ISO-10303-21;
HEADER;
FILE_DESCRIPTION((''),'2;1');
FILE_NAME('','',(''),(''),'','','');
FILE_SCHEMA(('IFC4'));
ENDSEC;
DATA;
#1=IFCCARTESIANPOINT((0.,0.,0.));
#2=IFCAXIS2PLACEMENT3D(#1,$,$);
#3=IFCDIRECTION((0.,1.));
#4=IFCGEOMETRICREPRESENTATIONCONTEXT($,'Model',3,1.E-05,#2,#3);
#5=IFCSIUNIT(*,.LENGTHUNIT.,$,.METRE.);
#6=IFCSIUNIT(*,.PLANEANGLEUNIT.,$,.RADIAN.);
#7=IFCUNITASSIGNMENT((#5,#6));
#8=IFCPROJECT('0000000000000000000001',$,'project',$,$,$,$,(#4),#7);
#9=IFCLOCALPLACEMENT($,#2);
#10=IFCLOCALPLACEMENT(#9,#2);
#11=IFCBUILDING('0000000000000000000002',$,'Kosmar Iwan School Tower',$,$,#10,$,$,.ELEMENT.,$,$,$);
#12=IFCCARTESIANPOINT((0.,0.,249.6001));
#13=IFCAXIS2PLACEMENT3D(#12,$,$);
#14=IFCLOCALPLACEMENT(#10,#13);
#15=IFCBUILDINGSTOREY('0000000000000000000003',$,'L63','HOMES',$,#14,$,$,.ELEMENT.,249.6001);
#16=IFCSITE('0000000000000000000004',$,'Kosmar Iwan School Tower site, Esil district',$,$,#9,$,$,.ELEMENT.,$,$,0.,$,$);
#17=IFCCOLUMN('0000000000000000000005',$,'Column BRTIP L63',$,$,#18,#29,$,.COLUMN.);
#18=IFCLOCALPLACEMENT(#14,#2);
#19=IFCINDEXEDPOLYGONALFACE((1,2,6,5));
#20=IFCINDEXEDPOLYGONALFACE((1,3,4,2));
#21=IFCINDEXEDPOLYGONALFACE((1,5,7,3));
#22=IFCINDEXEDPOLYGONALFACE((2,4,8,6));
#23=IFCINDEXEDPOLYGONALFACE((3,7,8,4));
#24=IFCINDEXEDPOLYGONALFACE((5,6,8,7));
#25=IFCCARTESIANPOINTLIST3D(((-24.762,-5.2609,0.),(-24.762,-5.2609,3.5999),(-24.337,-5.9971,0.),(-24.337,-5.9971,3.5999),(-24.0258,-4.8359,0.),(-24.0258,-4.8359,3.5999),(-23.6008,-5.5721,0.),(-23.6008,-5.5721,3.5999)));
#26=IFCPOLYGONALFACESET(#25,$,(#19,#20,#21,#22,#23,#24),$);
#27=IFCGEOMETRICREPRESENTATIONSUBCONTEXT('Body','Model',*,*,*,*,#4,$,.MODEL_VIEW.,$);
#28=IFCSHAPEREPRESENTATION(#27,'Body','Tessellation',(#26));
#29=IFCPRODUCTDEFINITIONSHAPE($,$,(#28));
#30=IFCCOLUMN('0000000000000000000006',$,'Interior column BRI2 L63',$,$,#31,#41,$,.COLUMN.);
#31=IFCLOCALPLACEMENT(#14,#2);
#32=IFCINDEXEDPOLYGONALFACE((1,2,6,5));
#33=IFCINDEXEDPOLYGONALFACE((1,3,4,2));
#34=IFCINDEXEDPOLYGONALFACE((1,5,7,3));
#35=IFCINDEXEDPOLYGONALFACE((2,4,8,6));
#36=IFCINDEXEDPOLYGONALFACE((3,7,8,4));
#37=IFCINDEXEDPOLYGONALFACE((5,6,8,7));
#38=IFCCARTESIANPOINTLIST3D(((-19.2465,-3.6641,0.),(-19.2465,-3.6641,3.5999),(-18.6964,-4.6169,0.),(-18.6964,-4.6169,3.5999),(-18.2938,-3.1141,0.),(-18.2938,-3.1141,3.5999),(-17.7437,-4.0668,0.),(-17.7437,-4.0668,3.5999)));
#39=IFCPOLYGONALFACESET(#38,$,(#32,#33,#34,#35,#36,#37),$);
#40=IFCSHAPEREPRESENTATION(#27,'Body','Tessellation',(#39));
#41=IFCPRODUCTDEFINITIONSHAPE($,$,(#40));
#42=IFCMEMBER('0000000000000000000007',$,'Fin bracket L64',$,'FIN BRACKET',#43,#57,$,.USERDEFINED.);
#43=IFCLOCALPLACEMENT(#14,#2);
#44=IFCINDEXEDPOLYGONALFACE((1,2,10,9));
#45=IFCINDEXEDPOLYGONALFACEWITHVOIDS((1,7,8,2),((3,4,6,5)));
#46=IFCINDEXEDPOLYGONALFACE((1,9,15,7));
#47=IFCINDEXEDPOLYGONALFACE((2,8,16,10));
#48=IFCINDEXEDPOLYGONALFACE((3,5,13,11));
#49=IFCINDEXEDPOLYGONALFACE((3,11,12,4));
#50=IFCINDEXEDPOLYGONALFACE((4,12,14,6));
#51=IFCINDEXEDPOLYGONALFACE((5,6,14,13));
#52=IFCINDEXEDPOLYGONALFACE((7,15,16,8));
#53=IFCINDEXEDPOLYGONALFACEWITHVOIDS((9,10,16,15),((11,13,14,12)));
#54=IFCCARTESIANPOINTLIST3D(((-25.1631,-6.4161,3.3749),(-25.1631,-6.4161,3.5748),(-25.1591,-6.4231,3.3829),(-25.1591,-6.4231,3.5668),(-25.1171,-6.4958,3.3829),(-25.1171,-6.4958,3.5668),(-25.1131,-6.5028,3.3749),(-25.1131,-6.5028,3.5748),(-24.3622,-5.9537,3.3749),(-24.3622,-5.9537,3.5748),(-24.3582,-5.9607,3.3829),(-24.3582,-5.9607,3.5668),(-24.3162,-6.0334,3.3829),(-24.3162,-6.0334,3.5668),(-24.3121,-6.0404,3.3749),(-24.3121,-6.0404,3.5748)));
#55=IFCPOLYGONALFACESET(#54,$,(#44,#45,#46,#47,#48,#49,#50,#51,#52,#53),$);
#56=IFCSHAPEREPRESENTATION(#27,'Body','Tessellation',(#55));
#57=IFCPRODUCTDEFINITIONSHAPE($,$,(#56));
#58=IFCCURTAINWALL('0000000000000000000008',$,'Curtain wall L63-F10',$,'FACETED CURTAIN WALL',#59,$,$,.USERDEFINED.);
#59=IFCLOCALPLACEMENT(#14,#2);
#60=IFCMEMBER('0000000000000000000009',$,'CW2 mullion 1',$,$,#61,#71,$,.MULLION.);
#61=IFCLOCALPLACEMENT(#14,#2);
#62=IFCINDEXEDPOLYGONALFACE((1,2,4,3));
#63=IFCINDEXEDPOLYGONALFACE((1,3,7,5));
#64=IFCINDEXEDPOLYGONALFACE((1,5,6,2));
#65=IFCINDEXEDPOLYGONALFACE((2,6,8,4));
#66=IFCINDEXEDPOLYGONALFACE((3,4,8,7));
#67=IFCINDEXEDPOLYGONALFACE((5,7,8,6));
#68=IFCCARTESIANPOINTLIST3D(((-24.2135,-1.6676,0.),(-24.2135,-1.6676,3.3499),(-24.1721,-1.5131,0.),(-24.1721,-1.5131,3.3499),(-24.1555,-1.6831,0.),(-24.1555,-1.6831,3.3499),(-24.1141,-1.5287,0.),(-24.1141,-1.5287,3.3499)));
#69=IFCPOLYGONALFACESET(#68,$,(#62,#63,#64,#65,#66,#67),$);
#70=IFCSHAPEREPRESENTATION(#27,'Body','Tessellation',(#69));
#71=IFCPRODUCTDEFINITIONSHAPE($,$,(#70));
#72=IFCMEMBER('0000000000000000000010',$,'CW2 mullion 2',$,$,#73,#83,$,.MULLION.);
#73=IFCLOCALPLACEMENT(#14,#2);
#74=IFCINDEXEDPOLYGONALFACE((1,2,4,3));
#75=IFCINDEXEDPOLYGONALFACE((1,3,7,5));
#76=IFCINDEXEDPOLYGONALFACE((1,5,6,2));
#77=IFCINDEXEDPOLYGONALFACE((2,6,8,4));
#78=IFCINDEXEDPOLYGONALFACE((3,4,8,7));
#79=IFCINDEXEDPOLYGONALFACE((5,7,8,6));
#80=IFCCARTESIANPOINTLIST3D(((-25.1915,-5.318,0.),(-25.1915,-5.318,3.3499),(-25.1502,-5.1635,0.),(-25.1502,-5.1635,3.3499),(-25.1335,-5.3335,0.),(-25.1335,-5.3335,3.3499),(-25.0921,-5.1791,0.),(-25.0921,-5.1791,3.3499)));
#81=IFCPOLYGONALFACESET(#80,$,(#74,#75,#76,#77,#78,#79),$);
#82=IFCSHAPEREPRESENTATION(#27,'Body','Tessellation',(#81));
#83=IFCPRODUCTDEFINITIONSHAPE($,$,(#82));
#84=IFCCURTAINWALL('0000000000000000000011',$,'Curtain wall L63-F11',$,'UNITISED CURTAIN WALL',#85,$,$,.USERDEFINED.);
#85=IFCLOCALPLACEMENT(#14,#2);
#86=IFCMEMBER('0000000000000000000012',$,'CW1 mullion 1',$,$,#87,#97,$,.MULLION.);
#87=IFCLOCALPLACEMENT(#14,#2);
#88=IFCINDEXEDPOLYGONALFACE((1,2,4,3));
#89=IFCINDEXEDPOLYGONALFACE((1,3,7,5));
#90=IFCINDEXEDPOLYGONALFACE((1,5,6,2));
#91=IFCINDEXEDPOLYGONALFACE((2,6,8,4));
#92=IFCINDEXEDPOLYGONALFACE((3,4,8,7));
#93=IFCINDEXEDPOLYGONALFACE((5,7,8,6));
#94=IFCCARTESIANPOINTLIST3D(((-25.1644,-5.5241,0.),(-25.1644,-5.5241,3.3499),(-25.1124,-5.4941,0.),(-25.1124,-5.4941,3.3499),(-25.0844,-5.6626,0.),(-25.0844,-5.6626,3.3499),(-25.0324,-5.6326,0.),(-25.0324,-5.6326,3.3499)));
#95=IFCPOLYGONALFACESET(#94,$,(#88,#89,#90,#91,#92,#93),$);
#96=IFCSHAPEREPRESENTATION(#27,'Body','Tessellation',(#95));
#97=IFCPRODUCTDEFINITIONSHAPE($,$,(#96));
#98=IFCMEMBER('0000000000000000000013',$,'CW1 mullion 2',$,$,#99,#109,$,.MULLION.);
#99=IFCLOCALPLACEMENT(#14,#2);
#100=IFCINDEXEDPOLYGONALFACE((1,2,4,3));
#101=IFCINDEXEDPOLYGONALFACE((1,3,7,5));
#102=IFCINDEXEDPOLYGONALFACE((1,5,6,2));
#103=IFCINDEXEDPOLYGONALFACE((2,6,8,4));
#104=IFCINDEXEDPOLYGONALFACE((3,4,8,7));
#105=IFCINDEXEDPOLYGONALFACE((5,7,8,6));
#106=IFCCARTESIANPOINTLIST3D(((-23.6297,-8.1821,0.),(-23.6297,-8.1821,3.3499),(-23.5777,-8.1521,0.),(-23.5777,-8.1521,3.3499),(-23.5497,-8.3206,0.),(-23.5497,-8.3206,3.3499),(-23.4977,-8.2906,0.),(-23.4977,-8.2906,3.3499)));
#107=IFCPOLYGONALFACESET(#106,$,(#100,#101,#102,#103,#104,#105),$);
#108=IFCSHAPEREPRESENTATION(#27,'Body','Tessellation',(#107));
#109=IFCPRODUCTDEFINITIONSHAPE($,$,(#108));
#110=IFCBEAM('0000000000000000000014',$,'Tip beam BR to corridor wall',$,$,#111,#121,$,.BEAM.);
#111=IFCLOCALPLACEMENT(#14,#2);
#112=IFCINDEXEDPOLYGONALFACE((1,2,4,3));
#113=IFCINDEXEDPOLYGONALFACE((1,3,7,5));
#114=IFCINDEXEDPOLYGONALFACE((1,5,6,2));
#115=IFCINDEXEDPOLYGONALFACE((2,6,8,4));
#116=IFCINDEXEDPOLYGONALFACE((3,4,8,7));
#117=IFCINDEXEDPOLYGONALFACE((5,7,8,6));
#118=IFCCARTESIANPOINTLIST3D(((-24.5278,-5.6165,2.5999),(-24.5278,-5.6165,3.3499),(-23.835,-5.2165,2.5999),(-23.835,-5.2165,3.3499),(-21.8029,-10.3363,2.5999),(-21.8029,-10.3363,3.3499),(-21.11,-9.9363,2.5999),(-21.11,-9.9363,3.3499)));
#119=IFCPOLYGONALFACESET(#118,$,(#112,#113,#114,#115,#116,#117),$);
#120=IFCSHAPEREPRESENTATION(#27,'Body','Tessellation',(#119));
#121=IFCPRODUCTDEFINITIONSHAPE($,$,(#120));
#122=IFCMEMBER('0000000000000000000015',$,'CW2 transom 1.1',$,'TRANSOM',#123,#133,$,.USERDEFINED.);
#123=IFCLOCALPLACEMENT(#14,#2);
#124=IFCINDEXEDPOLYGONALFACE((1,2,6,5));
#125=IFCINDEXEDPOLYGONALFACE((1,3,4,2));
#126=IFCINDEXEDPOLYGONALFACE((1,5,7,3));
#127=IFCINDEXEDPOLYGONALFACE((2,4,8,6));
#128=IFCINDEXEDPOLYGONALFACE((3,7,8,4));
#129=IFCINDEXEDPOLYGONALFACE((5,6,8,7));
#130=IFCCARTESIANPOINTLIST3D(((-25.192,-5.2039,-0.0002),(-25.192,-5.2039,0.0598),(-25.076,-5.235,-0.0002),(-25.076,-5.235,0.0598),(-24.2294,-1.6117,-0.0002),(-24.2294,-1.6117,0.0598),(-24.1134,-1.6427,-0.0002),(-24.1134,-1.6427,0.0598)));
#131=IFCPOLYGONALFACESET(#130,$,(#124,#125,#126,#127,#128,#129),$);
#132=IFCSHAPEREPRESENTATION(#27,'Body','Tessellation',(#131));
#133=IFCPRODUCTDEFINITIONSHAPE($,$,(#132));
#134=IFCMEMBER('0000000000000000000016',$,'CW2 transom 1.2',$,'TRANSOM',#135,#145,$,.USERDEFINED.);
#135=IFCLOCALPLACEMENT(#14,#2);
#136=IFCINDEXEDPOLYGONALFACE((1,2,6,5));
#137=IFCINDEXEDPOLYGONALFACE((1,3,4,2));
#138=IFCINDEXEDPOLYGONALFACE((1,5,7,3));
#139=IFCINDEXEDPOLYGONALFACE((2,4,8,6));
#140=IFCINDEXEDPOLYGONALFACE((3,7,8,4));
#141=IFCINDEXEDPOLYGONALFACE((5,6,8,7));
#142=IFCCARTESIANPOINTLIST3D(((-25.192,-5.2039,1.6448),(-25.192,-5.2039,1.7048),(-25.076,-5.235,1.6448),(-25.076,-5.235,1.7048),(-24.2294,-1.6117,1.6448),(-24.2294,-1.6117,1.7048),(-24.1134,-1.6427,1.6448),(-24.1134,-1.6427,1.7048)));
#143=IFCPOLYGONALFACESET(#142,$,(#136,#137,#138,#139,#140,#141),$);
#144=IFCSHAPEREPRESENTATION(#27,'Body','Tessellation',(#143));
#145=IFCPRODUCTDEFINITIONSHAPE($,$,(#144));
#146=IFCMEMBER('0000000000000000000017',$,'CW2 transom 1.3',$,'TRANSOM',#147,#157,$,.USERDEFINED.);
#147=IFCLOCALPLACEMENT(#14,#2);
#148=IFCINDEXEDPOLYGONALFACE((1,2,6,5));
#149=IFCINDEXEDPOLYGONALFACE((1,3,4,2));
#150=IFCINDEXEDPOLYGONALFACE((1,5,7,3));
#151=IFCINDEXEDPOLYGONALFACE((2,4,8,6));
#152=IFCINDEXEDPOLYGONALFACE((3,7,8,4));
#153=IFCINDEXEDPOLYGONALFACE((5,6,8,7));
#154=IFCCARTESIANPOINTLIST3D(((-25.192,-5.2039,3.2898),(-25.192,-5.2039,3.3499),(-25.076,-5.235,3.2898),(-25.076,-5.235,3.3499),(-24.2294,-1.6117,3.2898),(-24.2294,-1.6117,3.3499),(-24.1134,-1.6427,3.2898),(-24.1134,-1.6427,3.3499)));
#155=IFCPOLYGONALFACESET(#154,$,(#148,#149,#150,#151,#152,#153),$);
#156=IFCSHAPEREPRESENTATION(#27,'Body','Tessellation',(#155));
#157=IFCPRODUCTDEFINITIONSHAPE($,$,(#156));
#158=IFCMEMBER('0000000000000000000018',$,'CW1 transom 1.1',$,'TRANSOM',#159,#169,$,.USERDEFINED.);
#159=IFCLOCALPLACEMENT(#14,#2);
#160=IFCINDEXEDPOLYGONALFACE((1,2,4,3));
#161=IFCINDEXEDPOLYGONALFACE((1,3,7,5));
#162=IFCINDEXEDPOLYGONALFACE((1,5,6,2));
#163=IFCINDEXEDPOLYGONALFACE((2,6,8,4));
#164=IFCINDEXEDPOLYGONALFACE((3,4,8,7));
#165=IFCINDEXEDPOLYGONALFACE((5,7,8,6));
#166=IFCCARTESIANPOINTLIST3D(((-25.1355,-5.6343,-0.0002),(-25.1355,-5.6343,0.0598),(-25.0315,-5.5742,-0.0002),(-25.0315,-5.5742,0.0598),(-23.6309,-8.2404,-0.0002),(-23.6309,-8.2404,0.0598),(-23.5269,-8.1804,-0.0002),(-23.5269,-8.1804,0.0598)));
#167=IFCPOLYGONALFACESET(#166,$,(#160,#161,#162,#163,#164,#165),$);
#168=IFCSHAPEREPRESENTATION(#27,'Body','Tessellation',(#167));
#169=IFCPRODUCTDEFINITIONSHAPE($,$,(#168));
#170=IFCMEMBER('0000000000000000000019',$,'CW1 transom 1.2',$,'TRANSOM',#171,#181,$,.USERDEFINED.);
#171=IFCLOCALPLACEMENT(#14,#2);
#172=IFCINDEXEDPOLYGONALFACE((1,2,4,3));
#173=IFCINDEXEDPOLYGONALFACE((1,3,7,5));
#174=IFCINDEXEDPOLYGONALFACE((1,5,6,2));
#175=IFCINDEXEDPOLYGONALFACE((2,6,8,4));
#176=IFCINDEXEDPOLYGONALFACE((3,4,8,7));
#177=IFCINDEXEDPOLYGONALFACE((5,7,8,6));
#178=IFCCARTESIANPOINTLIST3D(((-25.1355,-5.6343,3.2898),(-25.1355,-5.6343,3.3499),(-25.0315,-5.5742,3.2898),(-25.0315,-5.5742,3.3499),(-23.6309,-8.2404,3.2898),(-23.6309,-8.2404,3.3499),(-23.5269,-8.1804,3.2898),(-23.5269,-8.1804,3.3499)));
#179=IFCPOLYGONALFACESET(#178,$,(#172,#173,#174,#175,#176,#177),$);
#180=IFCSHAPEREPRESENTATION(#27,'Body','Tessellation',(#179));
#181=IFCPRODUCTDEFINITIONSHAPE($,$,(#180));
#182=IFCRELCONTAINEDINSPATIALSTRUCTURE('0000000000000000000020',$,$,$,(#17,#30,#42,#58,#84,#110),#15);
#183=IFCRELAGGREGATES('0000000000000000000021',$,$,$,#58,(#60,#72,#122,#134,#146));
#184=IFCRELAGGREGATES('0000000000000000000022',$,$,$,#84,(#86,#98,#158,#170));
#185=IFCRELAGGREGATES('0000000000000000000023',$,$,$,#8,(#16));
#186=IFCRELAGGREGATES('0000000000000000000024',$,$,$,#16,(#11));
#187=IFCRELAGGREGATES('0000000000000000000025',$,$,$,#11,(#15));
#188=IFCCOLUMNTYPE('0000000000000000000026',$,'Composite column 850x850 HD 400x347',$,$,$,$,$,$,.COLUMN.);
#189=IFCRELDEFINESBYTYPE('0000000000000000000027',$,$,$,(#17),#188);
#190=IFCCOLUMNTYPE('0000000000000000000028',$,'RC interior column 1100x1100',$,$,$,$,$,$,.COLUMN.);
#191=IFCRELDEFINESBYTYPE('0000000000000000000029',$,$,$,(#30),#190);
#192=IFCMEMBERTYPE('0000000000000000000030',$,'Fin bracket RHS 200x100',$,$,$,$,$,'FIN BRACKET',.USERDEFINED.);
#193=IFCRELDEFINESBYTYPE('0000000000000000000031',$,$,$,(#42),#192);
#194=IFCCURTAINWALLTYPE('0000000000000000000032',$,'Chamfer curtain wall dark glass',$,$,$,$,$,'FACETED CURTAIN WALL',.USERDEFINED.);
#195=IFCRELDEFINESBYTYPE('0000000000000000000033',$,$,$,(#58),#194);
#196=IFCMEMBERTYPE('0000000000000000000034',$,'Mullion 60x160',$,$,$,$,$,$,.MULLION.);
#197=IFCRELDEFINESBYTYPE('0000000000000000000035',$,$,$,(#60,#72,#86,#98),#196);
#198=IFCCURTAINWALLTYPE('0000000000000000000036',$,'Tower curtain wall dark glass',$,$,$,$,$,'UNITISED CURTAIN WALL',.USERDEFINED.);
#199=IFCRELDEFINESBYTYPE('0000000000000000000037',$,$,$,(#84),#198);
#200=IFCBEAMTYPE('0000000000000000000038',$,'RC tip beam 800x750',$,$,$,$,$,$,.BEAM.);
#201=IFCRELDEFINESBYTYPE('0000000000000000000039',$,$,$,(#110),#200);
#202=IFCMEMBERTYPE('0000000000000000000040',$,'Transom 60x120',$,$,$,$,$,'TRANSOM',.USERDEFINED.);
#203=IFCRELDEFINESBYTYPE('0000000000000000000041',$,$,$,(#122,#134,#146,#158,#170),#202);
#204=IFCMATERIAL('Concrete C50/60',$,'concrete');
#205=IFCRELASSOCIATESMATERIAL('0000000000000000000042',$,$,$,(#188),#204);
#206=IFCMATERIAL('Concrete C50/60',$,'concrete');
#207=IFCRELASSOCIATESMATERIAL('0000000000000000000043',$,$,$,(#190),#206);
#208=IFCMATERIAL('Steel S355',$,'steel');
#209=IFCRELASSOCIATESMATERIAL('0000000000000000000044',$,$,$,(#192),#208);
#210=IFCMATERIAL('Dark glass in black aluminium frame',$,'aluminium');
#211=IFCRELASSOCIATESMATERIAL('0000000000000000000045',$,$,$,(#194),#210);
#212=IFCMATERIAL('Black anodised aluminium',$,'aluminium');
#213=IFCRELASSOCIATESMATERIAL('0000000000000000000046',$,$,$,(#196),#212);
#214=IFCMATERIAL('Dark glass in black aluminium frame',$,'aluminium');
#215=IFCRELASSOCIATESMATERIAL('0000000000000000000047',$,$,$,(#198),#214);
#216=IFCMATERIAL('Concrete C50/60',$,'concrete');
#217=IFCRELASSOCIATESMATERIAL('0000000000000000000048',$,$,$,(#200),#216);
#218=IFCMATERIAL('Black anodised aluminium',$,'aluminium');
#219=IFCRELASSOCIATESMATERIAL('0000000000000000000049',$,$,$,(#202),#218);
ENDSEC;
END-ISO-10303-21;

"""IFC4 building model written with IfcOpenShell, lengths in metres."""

from ifc_helpers import new_model, si_unit, direction, frame, origin, origin_2d, place, context, subcontext, project, spatial, rectangle, hollow_rectangle, extrude, material, material_profile, profile_set, type_object, element, aggregate, save


model = new_model("IFC4")

# Units and contexts
model_context = context("Model", 3, precision=1e-05, world=origin(), true_north=direction((0.0, 1.0)))
body_context = subcontext(model_context, "Body", "Model", "MODEL_VIEW")
ifc_project = project(units=[si_unit("LENGTHUNIT", "METRE"), si_unit("PLANEANGLEUNIT", "RADIAN")], contexts=[model_context])

# Site, building, storey
site_placement = place(None, origin())
site = spatial("IfcSite", under=ifc_project, at=site_placement, Name="Kosmar Iwan School Tower site, Esil district", CompositionType="ELEMENT", RefElevation=0.0)
building_placement = place(site_placement, origin())
building = spatial("IfcBuilding", under=site, at=building_placement, Name="Kosmar Iwan School Tower", CompositionType="ELEMENT")
storey_placement = place(building_placement, frame((0.0, 0.0, 249.6001)))
storey = spatial("IfcBuildingStorey", under=building, at=storey_placement, Name="L63", Description="HOMES", CompositionType="ELEMENT", Elevation=249.6001)

# Columns
ifc_material_1 = material(Name="Concrete C50/60", Category="concrete")
ifc_material_profile_1 = material_profile(ifc_material_1, rectangle(XDim=0.8501, YDim=0.8501, at=origin_2d()), Name="RC 850x850 + HD 400x347")
ifc_profile_set_1 = profile_set([ifc_material_profile_1], Name="Concrete C50/60")
column_type_1 = type_object("IfcColumnType", Name="Composite column 850x850 HD 400x347", PredefinedType="COLUMN", material=ifc_profile_set_1)
column_1_placement = place(storey_placement, frame((-24.1814, -5.4165, 0.0), z_axis=(0.0, 0.0, 1.0), x_axis=(-0.866025, -0.5, 0.0)))
element("IfcColumn", 1, at=column_1_placement, inside=storey, type_object=column_type_1, Name="Column BRTIP L63", PredefinedType="COLUMN", context=body_context, shape_type="SweptSolid", body=[
    extrude(rectangle(XDim=0.8501, YDim=0.8501, at=origin_2d()), origin(), (0.0, 0.0, 1.0), 3.5999),
])
ifc_material_2 = material(Name="Concrete C50/60", Category="concrete")
ifc_material_profile_2 = material_profile(ifc_material_2, rectangle(XDim=1.1001, YDim=1.1001, at=origin_2d()), Name="RC 1100x1100")
ifc_profile_set_2 = profile_set([ifc_material_profile_2], Name="Concrete C50/60")
column_type_2 = type_object("IfcColumnType", Name="RC interior column 1100x1100", PredefinedType="COLUMN", material=ifc_profile_set_2)
column_2_placement = place(storey_placement, frame((-18.4951, -3.8655, 0.0), z_axis=(0.0, 0.0, 1.0), x_axis=(-0.866025, -0.5, 0.0)))
element("IfcColumn", 2, at=column_2_placement, inside=storey, type_object=column_type_2, Name="Interior column BRI2 L63", PredefinedType="COLUMN", context=body_context, shape_type="SweptSolid", body=[
    extrude(rectangle(XDim=1.1001, YDim=1.1001, at=origin_2d()), origin(), (0.0, 0.0, 1.0), 3.5999),
])

# Member
ifc_material_3 = material(Name="Steel S355", Category="steel")
ifc_material_profile_3 = material_profile(ifc_material_3, hollow_rectangle(XDim=0.1001, YDim=0.2, WallThickness=0.0081, at=origin_2d()), Name="RHS 200x100x8")
ifc_profile_set_3 = profile_set([ifc_material_profile_3], Name="Steel S355")
member_type_1 = type_object("IfcMemberType", Name="Fin bracket RHS 200x100", ElementType="FIN BRACKET", PredefinedType="USERDEFINED", material=ifc_profile_set_3)
member_1_placement = place(storey_placement, frame((-24.3372, -5.9971, 3.4749), z_axis=(-0.866058, -0.499943, 0.0), x_axis=(0.499943, -0.866058, 0.0)))
element("IfcMember", 3, at=member_1_placement, inside=storey, type_object=member_type_1, Name="Fin bracket L64", ObjectType="FIN BRACKET", PredefinedType="USERDEFINED", context=body_context, shape_type="SweptSolid", body=[
    extrude(hollow_rectangle(XDim=0.1001, YDim=0.2, WallThickness=0.0081, at=origin_2d()), origin(), (0.0, 0.0, 1.0), 0.9248),
])

# Curtain walls, members
ifc_material_4 = material(Name="Dark glass in black aluminium frame", Category="aluminium")
curtain_wall_type_1 = type_object("IfcCurtainWallType", Name="Chamfer curtain wall dark glass", ElementType="FACETED CURTAIN WALL", PredefinedType="USERDEFINED", material=ifc_material_4)
curtain_wall_1_placement = place(storey_placement, origin())
curtain_wall_1 = element("IfcCurtainWall", 4, at=curtain_wall_1_placement, inside=storey, type_object=curtain_wall_type_1, Name="Curtain wall L63-F10", ObjectType="FACETED CURTAIN WALL", PredefinedType="USERDEFINED")
ifc_material_5 = material(Name="Black anodised aluminium", Category="aluminium")
ifc_material_profile_4 = material_profile(ifc_material_5, rectangle(XDim=0.0601, YDim=0.1599, at=origin_2d()), Name="MULLION 60x160")
ifc_profile_set_4 = profile_set([ifc_material_profile_4], Name="Black anodised aluminium")
member_type_2 = type_object("IfcMemberType", Name="Mullion 60x160", PredefinedType="MULLION", material=ifc_profile_set_4)
member_2_placement = place(storey_placement, frame((-24.1638, -1.5981, 0.0), z_axis=(0.0, 0.0, 1.0), x_axis=(0.965926, -0.258819, 0.0)))
member_2 = element("IfcMember", 5, at=member_2_placement, type_object=member_type_2, Name="CW2 mullion 1", PredefinedType="MULLION", context=body_context, shape_type="SweptSolid", body=[
    extrude(rectangle(XDim=0.0601, YDim=0.1599, at=origin_2d()), origin(), (0.0, 0.0, 1.0), 3.3499),
])
member_3_placement = place(storey_placement, frame((-25.1418, -5.2485, 0.0), z_axis=(0.0, 0.0, 1.0), x_axis=(0.965926, -0.258819, 0.0)))
member_3 = element("IfcMember", 6, at=member_3_placement, type_object=member_type_2, Name="CW2 mullion 2", PredefinedType="MULLION", context=body_context, shape_type="SweptSolid", body=[
    extrude(rectangle(XDim=0.0601, YDim=0.1599, at=origin_2d()), origin(), (0.0, 0.0, 1.0), 3.3499),
])
ifc_material_6 = material(Name="Dark glass in black aluminium frame", Category="aluminium")
curtain_wall_type_2 = type_object("IfcCurtainWallType", Name="Tower curtain wall dark glass", ElementType="UNITISED CURTAIN WALL", PredefinedType="USERDEFINED", material=ifc_material_6)
curtain_wall_2_placement = place(storey_placement, origin())
curtain_wall_2 = element("IfcCurtainWall", 7, at=curtain_wall_2_placement, inside=storey, type_object=curtain_wall_type_2, Name="Curtain wall L63-F11", ObjectType="UNITISED CURTAIN WALL", PredefinedType="USERDEFINED")
member_4_placement = place(storey_placement, frame((-25.0984, -5.5784, 0.0), z_axis=(0.0, 0.0, 1.0), x_axis=(0.866025, 0.5, 0.0)))
member_4 = element("IfcMember", 8, at=member_4_placement, type_object=member_type_2, Name="CW1 mullion 1", PredefinedType="MULLION", context=body_context, shape_type="SweptSolid", body=[
    extrude(rectangle(XDim=0.0601, YDim=0.1599, at=origin_2d()), origin(), (0.0, 0.0, 1.0), 3.3499),
])
member_5_placement = place(storey_placement, frame((-23.5637, -8.2363, 0.0), z_axis=(0.0, 0.0, 1.0), x_axis=(0.866025, 0.5, 0.0)))
member_5 = element("IfcMember", 9, at=member_5_placement, type_object=member_type_2, Name="CW1 mullion 2", PredefinedType="MULLION", context=body_context, shape_type="SweptSolid", body=[
    extrude(rectangle(XDim=0.0601, YDim=0.1599, at=origin_2d()), origin(), (0.0, 0.0, 1.0), 3.3499),
])

# Beam
ifc_material_7 = material(Name="Concrete C50/60", Category="concrete")
ifc_material_profile_5 = material_profile(ifc_material_7, rectangle(XDim=0.8, YDim=0.75, at=origin_2d()), Name="RC 800x750")
ifc_profile_set_5 = profile_set([ifc_material_profile_5], Name="Concrete C50/60")
beam_type = type_object("IfcBeamType", Name="RC tip beam 800x750", PredefinedType="BEAM", material=ifc_profile_set_5)
beam_placement = place(storey_placement, frame((-24.1814, -5.4165, 2.9749), z_axis=(0.499989, -0.866032, 0.0), x_axis=(0.866032, 0.499989, 0.0)))
element("IfcBeam", 10, at=beam_placement, inside=storey, type_object=beam_type, Name="Tip beam BR to corridor wall", PredefinedType="BEAM", context=body_context, shape_type="SweptSolid", body=[
    extrude(rectangle(XDim=0.8, YDim=0.75, at=origin_2d()), origin(), (0.0, 0.0, 1.0), 5.45),
])

# Members
ifc_material_8 = material(Name="Black anodised aluminium", Category="aluminium")
ifc_material_profile_6 = material_profile(ifc_material_8, rectangle(XDim=0.1201, YDim=0.0601, at=origin_2d()), Name="TRANSOM 60x120")
ifc_profile_set_6 = profile_set([ifc_material_profile_6], Name="Black anodised aluminium")
member_type_3 = type_object("IfcMemberType", Name="Transom 60x120", ElementType="TRANSOM", PredefinedType="USERDEFINED", material=ifc_profile_set_6)
member_6_placement = place(storey_placement, frame((-24.1714, -1.6272, 0.0298), z_axis=(-0.258843, -0.965919, 0.0), x_axis=(0.965919, -0.258843, 0.0)))
member_6 = element("IfcMember", 11, at=member_6_placement, type_object=member_type_3, Name="CW2 transom 1.1", ObjectType="TRANSOM", PredefinedType="USERDEFINED", context=body_context, shape_type="SweptSolid", body=[
    extrude(rectangle(XDim=0.1201, YDim=0.0601, at=origin_2d()), origin(), (0.0, 0.0, 1.0), 3.719),
])
member_7_placement = place(storey_placement, frame((-24.1714, -1.6272, 1.6748), z_axis=(-0.258843, -0.965919, 0.0), x_axis=(0.965919, -0.258843, 0.0)))
member_7 = element("IfcMember", 12, at=member_7_placement, type_object=member_type_3, Name="CW2 transom 1.2", ObjectType="TRANSOM", PredefinedType="USERDEFINED", context=body_context, shape_type="SweptSolid", body=[
    extrude(rectangle(XDim=0.1201, YDim=0.0601, at=origin_2d()), origin(), (0.0, 0.0, 1.0), 3.719),
])
member_8_placement = place(storey_placement, frame((-24.1714, -1.6272, 3.3198), z_axis=(-0.258843, -0.965919, 0.0), x_axis=(0.965919, -0.258843, 0.0)))
member_8 = element("IfcMember", 13, at=member_8_placement, type_object=member_type_3, Name="CW2 transom 1.3", ObjectType="TRANSOM", PredefinedType="USERDEFINED", context=body_context, shape_type="SweptSolid", body=[
    extrude(rectangle(XDim=0.1201, YDim=0.0601, at=origin_2d()), origin(), (0.0, 0.0, 1.0), 3.719),
])
member_9_placement = place(storey_placement, frame((-25.0835, -5.6042, 0.0298), z_axis=(0.499987, -0.866033, 0.0), x_axis=(0.866033, 0.499987, 0.0)))
member_9 = element("IfcMember", 14, at=member_9_placement, type_object=member_type_3, Name="CW1 transom 1.1", ObjectType="TRANSOM", PredefinedType="USERDEFINED", context=body_context, shape_type="SweptSolid", body=[
    extrude(rectangle(XDim=0.1201, YDim=0.0601, at=origin_2d()), origin(), (0.0, 0.0, 1.0), 3.0093),
])
member_10_placement = place(storey_placement, frame((-25.0835, -5.6042, 3.3198), z_axis=(0.499987, -0.866033, 0.0), x_axis=(0.866033, 0.499987, 0.0)))
member_10 = element("IfcMember", 15, at=member_10_placement, type_object=member_type_3, Name="CW1 transom 1.2", ObjectType="TRANSOM", PredefinedType="USERDEFINED", context=body_context, shape_type="SweptSolid", body=[
    extrude(rectangle(XDim=0.1201, YDim=0.0601, at=origin_2d()), origin(), (0.0, 0.0, 1.0), 3.0093),
])

aggregate(curtain_wall_1, [member_2, member_3, member_6, member_7, member_8])
aggregate(curtain_wall_2, [member_4, member_5, member_9, member_10])

save(model, "model.ifc")
